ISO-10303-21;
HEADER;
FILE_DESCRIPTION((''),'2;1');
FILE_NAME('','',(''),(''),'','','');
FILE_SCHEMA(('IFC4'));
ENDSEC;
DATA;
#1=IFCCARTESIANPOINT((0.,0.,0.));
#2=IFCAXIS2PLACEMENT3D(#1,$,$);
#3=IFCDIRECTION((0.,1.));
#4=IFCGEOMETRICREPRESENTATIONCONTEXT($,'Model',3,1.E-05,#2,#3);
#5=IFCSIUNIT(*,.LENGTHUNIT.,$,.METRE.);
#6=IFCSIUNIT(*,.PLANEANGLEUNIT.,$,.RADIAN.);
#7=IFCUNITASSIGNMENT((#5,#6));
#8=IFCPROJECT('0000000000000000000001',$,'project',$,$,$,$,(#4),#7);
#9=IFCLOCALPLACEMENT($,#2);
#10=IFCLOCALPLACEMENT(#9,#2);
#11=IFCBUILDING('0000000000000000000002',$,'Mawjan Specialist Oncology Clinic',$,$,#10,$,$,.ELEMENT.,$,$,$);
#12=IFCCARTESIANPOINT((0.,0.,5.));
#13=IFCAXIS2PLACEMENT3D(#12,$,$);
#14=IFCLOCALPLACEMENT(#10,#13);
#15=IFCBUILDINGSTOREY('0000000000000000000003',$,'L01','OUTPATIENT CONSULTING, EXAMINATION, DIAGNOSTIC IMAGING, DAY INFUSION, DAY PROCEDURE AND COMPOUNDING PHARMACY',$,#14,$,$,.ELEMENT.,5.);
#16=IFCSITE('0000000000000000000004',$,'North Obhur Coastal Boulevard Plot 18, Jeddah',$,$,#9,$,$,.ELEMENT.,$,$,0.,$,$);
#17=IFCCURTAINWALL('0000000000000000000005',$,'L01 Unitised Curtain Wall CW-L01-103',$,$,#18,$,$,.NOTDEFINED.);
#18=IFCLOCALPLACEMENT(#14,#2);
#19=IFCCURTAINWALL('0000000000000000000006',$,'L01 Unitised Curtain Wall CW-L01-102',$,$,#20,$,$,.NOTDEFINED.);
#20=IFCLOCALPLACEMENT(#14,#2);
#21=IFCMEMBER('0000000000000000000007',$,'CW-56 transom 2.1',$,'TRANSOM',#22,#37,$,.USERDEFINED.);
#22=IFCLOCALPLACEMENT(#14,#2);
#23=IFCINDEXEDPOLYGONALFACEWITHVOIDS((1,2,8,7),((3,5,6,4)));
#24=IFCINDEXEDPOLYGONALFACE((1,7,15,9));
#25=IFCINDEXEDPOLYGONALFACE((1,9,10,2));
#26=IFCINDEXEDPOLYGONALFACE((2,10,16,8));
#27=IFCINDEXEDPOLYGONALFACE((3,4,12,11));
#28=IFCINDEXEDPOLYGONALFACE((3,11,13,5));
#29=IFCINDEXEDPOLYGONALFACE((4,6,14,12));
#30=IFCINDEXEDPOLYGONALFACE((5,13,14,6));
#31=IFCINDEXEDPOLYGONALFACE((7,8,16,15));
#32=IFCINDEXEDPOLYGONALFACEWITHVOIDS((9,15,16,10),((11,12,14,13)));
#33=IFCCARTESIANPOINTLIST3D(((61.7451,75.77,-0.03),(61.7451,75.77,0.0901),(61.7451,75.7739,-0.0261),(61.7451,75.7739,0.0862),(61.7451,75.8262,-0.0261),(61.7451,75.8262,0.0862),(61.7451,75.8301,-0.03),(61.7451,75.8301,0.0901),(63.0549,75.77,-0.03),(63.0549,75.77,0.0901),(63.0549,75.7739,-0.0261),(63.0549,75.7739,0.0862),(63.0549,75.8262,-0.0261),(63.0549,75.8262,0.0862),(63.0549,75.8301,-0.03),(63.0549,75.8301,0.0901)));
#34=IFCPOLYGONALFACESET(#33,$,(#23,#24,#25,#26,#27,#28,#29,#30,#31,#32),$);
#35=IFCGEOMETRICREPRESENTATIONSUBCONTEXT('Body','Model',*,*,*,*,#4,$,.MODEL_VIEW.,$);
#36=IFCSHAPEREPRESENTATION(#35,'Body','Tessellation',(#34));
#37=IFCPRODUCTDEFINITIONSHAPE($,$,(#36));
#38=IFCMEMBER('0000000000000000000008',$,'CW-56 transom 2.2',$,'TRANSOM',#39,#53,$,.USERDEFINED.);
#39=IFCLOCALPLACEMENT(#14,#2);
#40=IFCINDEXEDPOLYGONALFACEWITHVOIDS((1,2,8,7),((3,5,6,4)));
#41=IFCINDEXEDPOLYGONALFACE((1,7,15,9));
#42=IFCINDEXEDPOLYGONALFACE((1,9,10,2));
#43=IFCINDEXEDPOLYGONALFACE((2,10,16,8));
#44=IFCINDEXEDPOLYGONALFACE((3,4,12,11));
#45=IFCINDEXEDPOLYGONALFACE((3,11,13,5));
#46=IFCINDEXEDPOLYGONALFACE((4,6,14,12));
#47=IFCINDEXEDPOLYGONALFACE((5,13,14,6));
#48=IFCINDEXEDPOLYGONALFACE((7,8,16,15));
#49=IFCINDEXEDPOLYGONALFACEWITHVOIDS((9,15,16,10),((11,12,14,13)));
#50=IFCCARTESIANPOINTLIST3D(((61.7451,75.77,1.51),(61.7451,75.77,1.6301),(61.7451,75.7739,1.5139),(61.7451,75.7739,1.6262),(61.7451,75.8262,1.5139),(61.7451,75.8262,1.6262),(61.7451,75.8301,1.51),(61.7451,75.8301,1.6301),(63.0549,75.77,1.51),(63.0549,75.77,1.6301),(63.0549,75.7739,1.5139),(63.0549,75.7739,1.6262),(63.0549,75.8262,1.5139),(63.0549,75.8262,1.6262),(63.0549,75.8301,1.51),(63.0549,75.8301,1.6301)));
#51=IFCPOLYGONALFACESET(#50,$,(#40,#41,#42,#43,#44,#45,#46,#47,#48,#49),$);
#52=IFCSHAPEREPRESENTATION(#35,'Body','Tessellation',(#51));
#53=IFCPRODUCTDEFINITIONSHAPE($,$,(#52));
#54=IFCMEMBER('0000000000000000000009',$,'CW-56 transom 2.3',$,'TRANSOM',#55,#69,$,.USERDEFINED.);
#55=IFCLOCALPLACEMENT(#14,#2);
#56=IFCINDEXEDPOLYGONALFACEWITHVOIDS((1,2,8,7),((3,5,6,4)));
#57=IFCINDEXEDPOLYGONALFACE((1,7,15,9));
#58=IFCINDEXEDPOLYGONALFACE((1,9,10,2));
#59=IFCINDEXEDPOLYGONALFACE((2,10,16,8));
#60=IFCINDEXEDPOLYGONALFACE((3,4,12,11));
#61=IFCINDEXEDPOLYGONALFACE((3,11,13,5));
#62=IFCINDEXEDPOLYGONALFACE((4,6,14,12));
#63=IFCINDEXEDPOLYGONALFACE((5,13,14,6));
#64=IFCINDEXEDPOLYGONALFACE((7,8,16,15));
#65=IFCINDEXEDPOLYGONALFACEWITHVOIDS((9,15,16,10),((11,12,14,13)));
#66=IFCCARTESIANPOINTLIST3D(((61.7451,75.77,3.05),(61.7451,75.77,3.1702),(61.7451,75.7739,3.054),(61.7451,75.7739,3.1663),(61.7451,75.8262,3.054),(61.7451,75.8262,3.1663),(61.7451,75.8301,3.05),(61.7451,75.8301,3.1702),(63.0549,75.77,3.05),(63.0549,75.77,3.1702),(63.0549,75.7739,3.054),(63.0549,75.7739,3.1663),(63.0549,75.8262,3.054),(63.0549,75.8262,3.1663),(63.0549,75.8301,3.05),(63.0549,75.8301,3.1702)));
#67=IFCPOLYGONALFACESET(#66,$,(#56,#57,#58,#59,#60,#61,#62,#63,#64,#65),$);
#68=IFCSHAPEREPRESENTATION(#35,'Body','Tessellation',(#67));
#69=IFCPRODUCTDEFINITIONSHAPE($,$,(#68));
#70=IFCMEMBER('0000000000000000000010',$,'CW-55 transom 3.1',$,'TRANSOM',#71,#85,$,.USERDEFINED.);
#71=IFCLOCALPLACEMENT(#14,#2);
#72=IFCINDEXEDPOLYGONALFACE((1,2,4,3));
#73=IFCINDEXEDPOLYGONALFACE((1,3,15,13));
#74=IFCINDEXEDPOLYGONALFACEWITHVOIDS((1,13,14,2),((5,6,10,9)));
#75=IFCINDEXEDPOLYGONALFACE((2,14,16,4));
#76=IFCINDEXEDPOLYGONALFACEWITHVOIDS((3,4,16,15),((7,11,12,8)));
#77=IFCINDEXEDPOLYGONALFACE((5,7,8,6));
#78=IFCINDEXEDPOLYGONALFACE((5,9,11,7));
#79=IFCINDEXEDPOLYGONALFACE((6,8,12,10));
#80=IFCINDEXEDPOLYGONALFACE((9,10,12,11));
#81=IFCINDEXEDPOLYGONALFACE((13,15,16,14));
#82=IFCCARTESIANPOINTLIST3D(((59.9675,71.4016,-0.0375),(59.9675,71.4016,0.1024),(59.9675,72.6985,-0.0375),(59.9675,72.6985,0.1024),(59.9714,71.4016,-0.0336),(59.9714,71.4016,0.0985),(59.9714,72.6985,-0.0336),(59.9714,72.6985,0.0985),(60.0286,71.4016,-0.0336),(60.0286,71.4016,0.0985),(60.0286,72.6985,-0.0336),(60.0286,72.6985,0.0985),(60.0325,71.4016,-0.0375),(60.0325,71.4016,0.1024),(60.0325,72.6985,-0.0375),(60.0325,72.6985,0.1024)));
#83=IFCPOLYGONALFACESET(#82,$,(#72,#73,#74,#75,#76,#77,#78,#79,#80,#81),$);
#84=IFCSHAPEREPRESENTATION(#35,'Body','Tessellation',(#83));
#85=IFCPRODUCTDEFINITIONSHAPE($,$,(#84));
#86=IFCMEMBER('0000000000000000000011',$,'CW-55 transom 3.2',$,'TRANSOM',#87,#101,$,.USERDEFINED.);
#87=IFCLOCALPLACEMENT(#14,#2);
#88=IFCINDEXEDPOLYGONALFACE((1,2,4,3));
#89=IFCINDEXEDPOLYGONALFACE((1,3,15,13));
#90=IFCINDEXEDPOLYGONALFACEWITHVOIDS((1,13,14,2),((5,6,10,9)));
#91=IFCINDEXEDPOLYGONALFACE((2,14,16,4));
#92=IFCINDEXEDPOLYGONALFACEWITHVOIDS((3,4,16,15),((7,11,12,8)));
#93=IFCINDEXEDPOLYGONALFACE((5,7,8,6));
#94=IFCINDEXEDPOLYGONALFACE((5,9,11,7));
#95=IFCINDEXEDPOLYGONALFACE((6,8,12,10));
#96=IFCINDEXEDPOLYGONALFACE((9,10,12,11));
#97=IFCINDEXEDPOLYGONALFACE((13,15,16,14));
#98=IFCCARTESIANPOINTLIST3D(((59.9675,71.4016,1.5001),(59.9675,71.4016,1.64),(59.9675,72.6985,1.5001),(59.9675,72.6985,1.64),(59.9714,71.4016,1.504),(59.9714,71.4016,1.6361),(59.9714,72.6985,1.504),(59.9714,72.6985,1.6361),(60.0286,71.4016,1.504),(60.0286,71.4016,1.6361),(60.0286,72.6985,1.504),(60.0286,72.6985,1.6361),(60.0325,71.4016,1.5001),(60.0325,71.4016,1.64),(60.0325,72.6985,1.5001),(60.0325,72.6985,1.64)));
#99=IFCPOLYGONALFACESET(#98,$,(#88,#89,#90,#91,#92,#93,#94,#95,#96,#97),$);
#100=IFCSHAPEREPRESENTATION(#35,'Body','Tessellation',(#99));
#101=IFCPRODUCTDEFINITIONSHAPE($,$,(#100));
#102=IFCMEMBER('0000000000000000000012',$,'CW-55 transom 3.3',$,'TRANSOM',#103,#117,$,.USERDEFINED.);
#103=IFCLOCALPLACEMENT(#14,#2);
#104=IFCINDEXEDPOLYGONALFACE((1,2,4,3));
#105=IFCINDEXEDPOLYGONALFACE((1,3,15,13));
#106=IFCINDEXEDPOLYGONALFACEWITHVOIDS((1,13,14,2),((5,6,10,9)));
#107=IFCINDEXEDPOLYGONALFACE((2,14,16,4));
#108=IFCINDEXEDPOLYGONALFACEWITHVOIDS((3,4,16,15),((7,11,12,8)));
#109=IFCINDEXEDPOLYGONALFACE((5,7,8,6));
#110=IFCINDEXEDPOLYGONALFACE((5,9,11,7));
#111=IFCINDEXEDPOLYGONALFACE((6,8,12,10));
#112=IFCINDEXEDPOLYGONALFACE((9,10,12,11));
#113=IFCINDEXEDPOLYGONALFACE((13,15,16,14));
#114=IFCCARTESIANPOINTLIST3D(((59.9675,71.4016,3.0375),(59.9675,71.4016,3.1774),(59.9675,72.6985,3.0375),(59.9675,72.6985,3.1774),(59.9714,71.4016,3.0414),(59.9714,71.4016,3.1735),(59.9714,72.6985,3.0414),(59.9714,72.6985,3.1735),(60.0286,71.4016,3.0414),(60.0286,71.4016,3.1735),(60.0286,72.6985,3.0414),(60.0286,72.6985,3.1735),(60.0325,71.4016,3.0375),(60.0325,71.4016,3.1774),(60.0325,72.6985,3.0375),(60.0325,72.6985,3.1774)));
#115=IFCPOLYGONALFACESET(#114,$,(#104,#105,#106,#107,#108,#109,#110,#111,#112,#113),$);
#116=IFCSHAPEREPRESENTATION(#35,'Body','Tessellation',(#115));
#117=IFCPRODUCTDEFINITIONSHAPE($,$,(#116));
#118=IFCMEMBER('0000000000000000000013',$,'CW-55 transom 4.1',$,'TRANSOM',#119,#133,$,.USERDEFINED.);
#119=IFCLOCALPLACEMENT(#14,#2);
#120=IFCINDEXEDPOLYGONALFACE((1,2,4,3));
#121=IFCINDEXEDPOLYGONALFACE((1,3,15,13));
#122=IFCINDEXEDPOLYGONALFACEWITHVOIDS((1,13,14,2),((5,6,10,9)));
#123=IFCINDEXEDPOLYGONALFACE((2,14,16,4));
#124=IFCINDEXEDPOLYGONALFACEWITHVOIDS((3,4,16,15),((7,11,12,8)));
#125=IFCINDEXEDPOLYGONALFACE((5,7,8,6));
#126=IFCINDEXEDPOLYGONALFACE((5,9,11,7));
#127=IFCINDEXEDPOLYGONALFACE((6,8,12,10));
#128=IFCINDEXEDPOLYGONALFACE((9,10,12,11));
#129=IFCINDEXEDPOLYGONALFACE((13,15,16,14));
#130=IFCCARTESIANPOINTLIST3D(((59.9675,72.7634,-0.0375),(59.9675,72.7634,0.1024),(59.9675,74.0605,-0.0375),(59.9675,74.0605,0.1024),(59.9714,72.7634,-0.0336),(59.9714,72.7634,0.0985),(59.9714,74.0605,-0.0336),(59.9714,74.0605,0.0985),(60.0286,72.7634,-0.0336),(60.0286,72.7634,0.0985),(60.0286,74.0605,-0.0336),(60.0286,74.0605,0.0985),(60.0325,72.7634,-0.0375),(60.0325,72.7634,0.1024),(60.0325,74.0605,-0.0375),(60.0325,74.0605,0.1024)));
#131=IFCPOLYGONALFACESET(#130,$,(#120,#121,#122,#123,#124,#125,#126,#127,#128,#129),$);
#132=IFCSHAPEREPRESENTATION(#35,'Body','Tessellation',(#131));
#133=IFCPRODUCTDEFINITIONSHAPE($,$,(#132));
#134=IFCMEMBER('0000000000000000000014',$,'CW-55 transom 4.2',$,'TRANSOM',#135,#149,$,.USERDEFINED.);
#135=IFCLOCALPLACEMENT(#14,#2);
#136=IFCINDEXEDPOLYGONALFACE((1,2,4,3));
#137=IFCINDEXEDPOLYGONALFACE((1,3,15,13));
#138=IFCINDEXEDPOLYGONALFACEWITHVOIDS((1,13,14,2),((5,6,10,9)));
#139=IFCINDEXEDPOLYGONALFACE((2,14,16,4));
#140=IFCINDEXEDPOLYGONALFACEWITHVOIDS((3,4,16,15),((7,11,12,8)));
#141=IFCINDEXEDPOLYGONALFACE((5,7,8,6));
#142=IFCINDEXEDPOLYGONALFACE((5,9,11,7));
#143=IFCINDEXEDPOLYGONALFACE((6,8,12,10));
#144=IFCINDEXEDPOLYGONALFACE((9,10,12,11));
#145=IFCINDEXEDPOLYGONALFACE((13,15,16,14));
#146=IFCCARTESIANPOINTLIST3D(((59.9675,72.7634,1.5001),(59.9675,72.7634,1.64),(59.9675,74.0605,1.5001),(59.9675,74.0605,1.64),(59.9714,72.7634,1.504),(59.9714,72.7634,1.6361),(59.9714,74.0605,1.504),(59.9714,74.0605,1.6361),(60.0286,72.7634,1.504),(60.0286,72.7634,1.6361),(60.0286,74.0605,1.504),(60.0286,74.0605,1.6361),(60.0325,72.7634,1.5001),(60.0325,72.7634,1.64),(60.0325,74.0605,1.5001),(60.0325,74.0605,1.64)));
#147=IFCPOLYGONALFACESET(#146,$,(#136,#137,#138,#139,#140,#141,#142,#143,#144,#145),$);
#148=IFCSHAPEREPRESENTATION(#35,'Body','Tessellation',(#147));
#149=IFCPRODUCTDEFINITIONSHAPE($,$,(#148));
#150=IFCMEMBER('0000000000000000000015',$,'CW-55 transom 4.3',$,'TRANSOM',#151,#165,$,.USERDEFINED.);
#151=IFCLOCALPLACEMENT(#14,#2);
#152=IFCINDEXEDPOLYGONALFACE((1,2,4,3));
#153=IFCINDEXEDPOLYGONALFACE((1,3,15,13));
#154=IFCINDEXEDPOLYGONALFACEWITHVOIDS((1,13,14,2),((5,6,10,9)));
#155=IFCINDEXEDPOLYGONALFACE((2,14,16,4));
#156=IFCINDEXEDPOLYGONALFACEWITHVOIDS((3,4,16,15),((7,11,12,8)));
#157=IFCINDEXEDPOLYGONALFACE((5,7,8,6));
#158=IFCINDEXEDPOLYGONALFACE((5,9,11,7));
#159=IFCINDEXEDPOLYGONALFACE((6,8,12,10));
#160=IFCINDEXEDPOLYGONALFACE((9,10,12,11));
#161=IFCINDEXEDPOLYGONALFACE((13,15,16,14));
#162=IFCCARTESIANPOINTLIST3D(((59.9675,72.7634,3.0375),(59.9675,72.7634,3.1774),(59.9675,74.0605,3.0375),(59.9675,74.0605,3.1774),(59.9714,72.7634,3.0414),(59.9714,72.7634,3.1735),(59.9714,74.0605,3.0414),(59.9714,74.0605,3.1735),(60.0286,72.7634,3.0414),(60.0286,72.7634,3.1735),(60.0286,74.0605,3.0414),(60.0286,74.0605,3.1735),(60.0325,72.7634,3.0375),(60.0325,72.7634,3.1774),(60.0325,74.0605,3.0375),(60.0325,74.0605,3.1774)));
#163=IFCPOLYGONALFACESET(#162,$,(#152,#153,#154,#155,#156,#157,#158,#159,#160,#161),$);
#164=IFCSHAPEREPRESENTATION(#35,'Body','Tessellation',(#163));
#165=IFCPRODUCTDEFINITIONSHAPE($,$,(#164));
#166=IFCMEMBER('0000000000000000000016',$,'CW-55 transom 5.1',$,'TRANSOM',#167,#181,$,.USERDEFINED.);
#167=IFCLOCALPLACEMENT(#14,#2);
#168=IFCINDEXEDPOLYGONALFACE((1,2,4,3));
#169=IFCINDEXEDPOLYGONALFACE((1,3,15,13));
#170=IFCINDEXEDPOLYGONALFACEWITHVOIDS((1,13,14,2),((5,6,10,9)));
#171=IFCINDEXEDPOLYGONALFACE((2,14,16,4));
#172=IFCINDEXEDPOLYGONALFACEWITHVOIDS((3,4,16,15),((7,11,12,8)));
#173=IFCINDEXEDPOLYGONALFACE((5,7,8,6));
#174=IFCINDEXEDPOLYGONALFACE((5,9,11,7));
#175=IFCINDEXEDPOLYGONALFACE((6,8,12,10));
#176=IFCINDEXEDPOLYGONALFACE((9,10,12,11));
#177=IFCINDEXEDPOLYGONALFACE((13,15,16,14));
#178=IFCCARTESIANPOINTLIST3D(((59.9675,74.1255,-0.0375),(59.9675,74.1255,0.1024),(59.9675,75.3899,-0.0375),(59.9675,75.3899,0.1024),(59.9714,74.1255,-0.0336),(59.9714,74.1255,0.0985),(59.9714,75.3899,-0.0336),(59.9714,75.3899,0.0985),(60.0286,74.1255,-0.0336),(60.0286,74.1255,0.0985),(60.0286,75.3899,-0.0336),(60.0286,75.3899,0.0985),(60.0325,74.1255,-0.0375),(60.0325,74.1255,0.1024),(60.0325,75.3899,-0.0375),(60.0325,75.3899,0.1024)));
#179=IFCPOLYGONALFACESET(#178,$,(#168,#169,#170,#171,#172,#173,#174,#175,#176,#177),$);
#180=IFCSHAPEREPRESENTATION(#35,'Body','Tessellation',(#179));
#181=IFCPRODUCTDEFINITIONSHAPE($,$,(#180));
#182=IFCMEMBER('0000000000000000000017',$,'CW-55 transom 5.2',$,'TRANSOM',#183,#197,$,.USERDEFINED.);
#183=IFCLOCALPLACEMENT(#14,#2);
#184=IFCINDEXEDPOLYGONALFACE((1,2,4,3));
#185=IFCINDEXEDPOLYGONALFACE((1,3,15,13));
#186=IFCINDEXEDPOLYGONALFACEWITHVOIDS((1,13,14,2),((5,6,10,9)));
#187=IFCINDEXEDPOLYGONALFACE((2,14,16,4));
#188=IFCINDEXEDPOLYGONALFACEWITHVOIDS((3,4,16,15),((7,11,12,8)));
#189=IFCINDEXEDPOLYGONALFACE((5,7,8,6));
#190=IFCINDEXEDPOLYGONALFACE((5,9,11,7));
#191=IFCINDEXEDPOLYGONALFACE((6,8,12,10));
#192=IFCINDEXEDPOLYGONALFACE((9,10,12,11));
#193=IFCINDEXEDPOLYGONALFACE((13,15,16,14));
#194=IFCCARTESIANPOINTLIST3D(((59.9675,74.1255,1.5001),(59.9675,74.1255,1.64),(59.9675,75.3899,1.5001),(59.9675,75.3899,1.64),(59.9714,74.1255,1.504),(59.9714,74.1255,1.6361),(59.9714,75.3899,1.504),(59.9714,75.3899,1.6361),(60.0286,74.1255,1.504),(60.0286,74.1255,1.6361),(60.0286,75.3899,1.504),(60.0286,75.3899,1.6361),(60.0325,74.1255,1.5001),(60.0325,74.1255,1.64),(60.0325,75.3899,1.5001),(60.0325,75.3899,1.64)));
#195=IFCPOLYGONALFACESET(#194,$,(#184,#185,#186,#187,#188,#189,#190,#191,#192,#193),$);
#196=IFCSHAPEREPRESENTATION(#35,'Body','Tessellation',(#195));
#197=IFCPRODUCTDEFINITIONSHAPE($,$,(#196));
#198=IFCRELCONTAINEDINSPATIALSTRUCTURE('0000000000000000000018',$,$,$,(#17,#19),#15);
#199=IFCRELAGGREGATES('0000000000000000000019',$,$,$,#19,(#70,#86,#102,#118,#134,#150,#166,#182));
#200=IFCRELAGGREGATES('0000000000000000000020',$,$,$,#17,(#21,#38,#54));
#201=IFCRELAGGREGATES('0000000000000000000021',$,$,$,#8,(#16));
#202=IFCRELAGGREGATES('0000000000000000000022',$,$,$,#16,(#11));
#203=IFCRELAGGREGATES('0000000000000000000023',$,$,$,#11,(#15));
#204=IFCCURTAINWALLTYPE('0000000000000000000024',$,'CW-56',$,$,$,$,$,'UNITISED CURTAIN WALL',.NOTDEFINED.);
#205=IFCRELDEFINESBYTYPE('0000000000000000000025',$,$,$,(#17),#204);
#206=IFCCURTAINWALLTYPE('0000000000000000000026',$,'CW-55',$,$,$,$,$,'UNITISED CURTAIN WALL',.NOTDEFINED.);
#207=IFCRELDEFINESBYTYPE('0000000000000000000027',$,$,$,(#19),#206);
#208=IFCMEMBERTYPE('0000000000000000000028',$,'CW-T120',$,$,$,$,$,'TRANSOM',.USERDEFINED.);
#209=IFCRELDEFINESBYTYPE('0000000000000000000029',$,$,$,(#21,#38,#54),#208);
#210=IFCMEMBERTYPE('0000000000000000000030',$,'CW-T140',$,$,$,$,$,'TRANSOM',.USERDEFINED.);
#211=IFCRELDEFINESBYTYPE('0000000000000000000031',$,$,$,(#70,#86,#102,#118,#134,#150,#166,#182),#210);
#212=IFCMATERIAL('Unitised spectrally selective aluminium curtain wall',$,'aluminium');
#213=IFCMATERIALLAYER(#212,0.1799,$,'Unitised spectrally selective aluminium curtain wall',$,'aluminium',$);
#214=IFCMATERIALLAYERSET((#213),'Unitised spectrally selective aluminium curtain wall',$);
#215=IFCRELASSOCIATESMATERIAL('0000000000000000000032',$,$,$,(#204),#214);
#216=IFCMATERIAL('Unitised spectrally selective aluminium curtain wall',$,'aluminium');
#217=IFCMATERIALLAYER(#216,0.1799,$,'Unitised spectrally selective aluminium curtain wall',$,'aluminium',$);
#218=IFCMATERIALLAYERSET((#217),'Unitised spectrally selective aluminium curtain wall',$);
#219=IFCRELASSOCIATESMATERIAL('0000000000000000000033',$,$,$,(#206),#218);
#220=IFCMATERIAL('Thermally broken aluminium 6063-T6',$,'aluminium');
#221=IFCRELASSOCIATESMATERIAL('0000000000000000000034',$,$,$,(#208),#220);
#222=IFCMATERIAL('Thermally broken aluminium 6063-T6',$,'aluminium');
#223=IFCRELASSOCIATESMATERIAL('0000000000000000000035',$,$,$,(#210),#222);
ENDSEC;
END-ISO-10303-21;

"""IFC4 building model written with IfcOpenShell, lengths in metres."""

from ifc_helpers import new_model, si_unit, direction, frame, origin, origin_2d, place, context, subcontext, project, spatial, hollow_rectangle, extrude, material, layer, layer_set, material_profile, profile_set, type_object, element, aggregate, save


model = new_model("IFC4")

# Units and contexts
model_context = context("Model", 3, precision=1e-05, world=origin(), true_north=direction((0.0, 1.0)))
body_context = subcontext(model_context, "Body", "Model", "MODEL_VIEW")
ifc_project = project(units=[si_unit("LENGTHUNIT", "METRE"), si_unit("PLANEANGLEUNIT", "RADIAN")], contexts=[model_context])

# Site, building, storey
site_placement = place(None, origin())
site = spatial("IfcSite", under=ifc_project, at=site_placement, Name="North Obhur Coastal Boulevard Plot 18, Jeddah", CompositionType="ELEMENT", RefElevation=0.0)
building_placement = place(site_placement, origin())
building = spatial("IfcBuilding", under=site, at=building_placement, Name="Mawjan Specialist Oncology Clinic", CompositionType="ELEMENT")
storey_placement = place(building_placement, frame((0.0, 0.0, 5.0)))
storey = spatial("IfcBuildingStorey", under=building, at=storey_placement, Name="L01", Description="OUTPATIENT CONSULTING, EXAMINATION, DIAGNOSTIC IMAGING, DAY INFUSION, DAY PROCEDURE AND COMPOUNDING PHARMACY", CompositionType="ELEMENT", Elevation=5.0)

# Curtain walls
ifc_material_1 = material(Name="Unitised spectrally selective aluminium curtain wall", Category="aluminium")
ifc_layer_1 = layer(ifc_material_1, 0.1799, Name="Unitised spectrally selective aluminium curtain wall", Category="aluminium")
ifc_layer_set_1 = layer_set([ifc_layer_1], Name="Unitised spectrally selective aluminium curtain wall")
curtain_wall_type_1 = type_object("IfcCurtainWallType", Name="CW-56", ElementType="UNITISED CURTAIN WALL", PredefinedType="NOTDEFINED", material=ifc_layer_set_1)
curtain_wall_1_placement = place(storey_placement, origin())
curtain_wall_1 = element("IfcCurtainWall", 1, at=curtain_wall_1_placement, inside=storey, type_object=curtain_wall_type_1, Name="L01 Unitised Curtain Wall CW-L01-103", PredefinedType="NOTDEFINED")
ifc_material_2 = material(Name="Unitised spectrally selective aluminium curtain wall", Category="aluminium")
ifc_layer_2 = layer(ifc_material_2, 0.1799, Name="Unitised spectrally selective aluminium curtain wall", Category="aluminium")
ifc_layer_set_2 = layer_set([ifc_layer_2], Name="Unitised spectrally selective aluminium curtain wall")
curtain_wall_type_2 = type_object("IfcCurtainWallType", Name="CW-55", ElementType="UNITISED CURTAIN WALL", PredefinedType="NOTDEFINED", material=ifc_layer_set_2)
curtain_wall_2_placement = place(storey_placement, origin())
curtain_wall_2 = element("IfcCurtainWall", 2, at=curtain_wall_2_placement, inside=storey, type_object=curtain_wall_type_2, Name="L01 Unitised Curtain Wall CW-L01-102", PredefinedType="NOTDEFINED")

# Members
ifc_material_3 = material(Name="Thermally broken aluminium 6063-T6", Category="aluminium")
ifc_material_profile_1 = material_profile(ifc_material_3, hollow_rectangle(XDim=0.0601, YDim=0.1201, WallThickness=0.0039, at=origin_2d()), Name="ALU TRANSOM 120x60x4", Category="aluminium")
ifc_profile_set_1 = profile_set([ifc_material_profile_1], Name="Thermally broken aluminium 6063-T6")
member_type_1 = type_object("IfcMemberType", Name="CW-T120", ElementType="TRANSOM", PredefinedType="USERDEFINED", material=ifc_profile_set_1)
member_1_placement = place(storey_placement, frame((61.7451, 75.8, 0.03), z_axis=(1.0, 0.0, 0.0), x_axis=(0.0, 1.0, 0.0)))
member_1 = element("IfcMember", 3, at=member_1_placement, type_object=member_type_1, Name="CW-56 transom 2.1", ObjectType="TRANSOM", PredefinedType="USERDEFINED", context=body_context, shape_type="SweptSolid", body=[
    extrude(hollow_rectangle(XDim=0.0601, YDim=0.1201, WallThickness=0.0039, at=origin_2d()), origin(), (0.0, 0.0, 1.0), 1.3098),
])
member_2_placement = place(storey_placement, frame((61.7451, 75.8, 1.5701), z_axis=(1.0, 0.0, 0.0), x_axis=(0.0, 1.0, 0.0)))
member_2 = element("IfcMember", 4, at=member_2_placement, type_object=member_type_1, Name="CW-56 transom 2.2", ObjectType="TRANSOM", PredefinedType="USERDEFINED", context=body_context, shape_type="SweptSolid", body=[
    extrude(hollow_rectangle(XDim=0.0601, YDim=0.1201, WallThickness=0.0039, at=origin_2d()), origin(), (0.0, 0.0, 1.0), 1.3098),
])
member_3_placement = place(storey_placement, frame((61.7451, 75.8, 3.1101), z_axis=(1.0, 0.0, 0.0), x_axis=(0.0, 1.0, 0.0)))
member_3 = element("IfcMember", 5, at=member_3_placement, type_object=member_type_1, Name="CW-56 transom 2.3", ObjectType="TRANSOM", PredefinedType="USERDEFINED", context=body_context, shape_type="SweptSolid", body=[
    extrude(hollow_rectangle(XDim=0.0601, YDim=0.1201, WallThickness=0.0039, at=origin_2d()), origin(), (0.0, 0.0, 1.0), 1.3098),
])
ifc_material_4 = material(Name="Thermally broken aluminium 6063-T6", Category="aluminium")
ifc_material_profile_2 = material_profile(ifc_material_4, hollow_rectangle(XDim=0.0649, YDim=0.1399, WallThickness=0.0039, at=origin_2d()), Name="ALU TRANSOM 140x65x4", Category="aluminium")
ifc_profile_set_2 = profile_set([ifc_material_profile_2], Name="Thermally broken aluminium 6063-T6")
member_type_2 = type_object("IfcMemberType", Name="CW-T140", ElementType="TRANSOM", PredefinedType="USERDEFINED", material=ifc_profile_set_2)
member_4_placement = place(storey_placement, frame((60.0, 71.4016, 0.0325), z_axis=(0.0, 1.0, 0.0), x_axis=(-1.0, 0.0, 0.0)))
member_4 = element("IfcMember", 6, at=member_4_placement, type_object=member_type_2, Name="CW-55 transom 3.1", ObjectType="TRANSOM", PredefinedType="USERDEFINED", context=body_context, shape_type="SweptSolid", body=[
    extrude(hollow_rectangle(XDim=0.0649, YDim=0.1399, WallThickness=0.0039, at=origin_2d()), origin(), (0.0, 0.0, 1.0), 1.2969),
])
member_5_placement = place(storey_placement, frame((60.0, 71.4016, 1.5701), z_axis=(0.0, 1.0, 0.0), x_axis=(-1.0, 0.0, 0.0)))
member_5 = element("IfcMember", 7, at=member_5_placement, type_object=member_type_2, Name="CW-55 transom 3.2", ObjectType="TRANSOM", PredefinedType="USERDEFINED", context=body_context, shape_type="SweptSolid", body=[
    extrude(hollow_rectangle(XDim=0.0649, YDim=0.1399, WallThickness=0.0039, at=origin_2d()), origin(), (0.0, 0.0, 1.0), 1.2969),
])
member_6_placement = place(storey_placement, frame((60.0, 71.4016, 3.1074), z_axis=(0.0, 1.0, 0.0), x_axis=(-1.0, 0.0, 0.0)))
member_6 = element("IfcMember", 8, at=member_6_placement, type_object=member_type_2, Name="CW-55 transom 3.3", ObjectType="TRANSOM", PredefinedType="USERDEFINED", context=body_context, shape_type="SweptSolid", body=[
    extrude(hollow_rectangle(XDim=0.0649, YDim=0.1399, WallThickness=0.0039, at=origin_2d()), origin(), (0.0, 0.0, 1.0), 1.2969),
])
member_7_placement = place(storey_placement, frame((60.0, 72.7634, 0.0325), z_axis=(0.0, 1.0, 0.0), x_axis=(-1.0, 0.0, 0.0)))
member_7 = element("IfcMember", 9, at=member_7_placement, type_object=member_type_2, Name="CW-55 transom 4.1", ObjectType="TRANSOM", PredefinedType="USERDEFINED", context=body_context, shape_type="SweptSolid", body=[
    extrude(hollow_rectangle(XDim=0.0649, YDim=0.1399, WallThickness=0.0039, at=origin_2d()), origin(), (0.0, 0.0, 1.0), 1.2971),
])
member_8_placement = place(storey_placement, frame((60.0, 72.7634, 1.5701), z_axis=(0.0, 1.0, 0.0), x_axis=(-1.0, 0.0, 0.0)))
member_8 = element("IfcMember", 10, at=member_8_placement, type_object=member_type_2, Name="CW-55 transom 4.2", ObjectType="TRANSOM", PredefinedType="USERDEFINED", context=body_context, shape_type="SweptSolid", body=[
    extrude(hollow_rectangle(XDim=0.0649, YDim=0.1399, WallThickness=0.0039, at=origin_2d()), origin(), (0.0, 0.0, 1.0), 1.2971),
])
member_9_placement = place(storey_placement, frame((60.0, 72.7634, 3.1074), z_axis=(0.0, 1.0, 0.0), x_axis=(-1.0, 0.0, 0.0)))
member_9 = element("IfcMember", 11, at=member_9_placement, type_object=member_type_2, Name="CW-55 transom 4.3", ObjectType="TRANSOM", PredefinedType="USERDEFINED", context=body_context, shape_type="SweptSolid", body=[
    extrude(hollow_rectangle(XDim=0.0649, YDim=0.1399, WallThickness=0.0039, at=origin_2d()), origin(), (0.0, 0.0, 1.0), 1.2971),
])
member_10_placement = place(storey_placement, frame((60.0, 74.1255, 0.0325), z_axis=(0.0, 1.0, 0.0), x_axis=(-1.0, 0.0, 0.0)))
member_10 = element("IfcMember", 12, at=member_10_placement, type_object=member_type_2, Name="CW-55 transom 5.1", ObjectType="TRANSOM", PredefinedType="USERDEFINED", context=body_context, shape_type="SweptSolid", body=[
    extrude(hollow_rectangle(XDim=0.0649, YDim=0.1399, WallThickness=0.0039, at=origin_2d()), origin(), (0.0, 0.0, 1.0), 1.2644),
])
member_11_placement = place(storey_placement, frame((60.0, 74.1255, 1.5701), z_axis=(0.0, 1.0, 0.0), x_axis=(-1.0, 0.0, 0.0)))
member_11 = element("IfcMember", 13, at=member_11_placement, type_object=member_type_2, Name="CW-55 transom 5.2", ObjectType="TRANSOM", PredefinedType="USERDEFINED", context=body_context, shape_type="SweptSolid", body=[
    extrude(hollow_rectangle(XDim=0.0649, YDim=0.1399, WallThickness=0.0039, at=origin_2d()), origin(), (0.0, 0.0, 1.0), 1.2644),
])

aggregate(curtain_wall_2, [member_4, member_5, member_6, member_7, member_8, member_9, member_10, member_11])
aggregate(curtain_wall_1, [member_1, member_2, member_3])

save(model, "model.ifc")
